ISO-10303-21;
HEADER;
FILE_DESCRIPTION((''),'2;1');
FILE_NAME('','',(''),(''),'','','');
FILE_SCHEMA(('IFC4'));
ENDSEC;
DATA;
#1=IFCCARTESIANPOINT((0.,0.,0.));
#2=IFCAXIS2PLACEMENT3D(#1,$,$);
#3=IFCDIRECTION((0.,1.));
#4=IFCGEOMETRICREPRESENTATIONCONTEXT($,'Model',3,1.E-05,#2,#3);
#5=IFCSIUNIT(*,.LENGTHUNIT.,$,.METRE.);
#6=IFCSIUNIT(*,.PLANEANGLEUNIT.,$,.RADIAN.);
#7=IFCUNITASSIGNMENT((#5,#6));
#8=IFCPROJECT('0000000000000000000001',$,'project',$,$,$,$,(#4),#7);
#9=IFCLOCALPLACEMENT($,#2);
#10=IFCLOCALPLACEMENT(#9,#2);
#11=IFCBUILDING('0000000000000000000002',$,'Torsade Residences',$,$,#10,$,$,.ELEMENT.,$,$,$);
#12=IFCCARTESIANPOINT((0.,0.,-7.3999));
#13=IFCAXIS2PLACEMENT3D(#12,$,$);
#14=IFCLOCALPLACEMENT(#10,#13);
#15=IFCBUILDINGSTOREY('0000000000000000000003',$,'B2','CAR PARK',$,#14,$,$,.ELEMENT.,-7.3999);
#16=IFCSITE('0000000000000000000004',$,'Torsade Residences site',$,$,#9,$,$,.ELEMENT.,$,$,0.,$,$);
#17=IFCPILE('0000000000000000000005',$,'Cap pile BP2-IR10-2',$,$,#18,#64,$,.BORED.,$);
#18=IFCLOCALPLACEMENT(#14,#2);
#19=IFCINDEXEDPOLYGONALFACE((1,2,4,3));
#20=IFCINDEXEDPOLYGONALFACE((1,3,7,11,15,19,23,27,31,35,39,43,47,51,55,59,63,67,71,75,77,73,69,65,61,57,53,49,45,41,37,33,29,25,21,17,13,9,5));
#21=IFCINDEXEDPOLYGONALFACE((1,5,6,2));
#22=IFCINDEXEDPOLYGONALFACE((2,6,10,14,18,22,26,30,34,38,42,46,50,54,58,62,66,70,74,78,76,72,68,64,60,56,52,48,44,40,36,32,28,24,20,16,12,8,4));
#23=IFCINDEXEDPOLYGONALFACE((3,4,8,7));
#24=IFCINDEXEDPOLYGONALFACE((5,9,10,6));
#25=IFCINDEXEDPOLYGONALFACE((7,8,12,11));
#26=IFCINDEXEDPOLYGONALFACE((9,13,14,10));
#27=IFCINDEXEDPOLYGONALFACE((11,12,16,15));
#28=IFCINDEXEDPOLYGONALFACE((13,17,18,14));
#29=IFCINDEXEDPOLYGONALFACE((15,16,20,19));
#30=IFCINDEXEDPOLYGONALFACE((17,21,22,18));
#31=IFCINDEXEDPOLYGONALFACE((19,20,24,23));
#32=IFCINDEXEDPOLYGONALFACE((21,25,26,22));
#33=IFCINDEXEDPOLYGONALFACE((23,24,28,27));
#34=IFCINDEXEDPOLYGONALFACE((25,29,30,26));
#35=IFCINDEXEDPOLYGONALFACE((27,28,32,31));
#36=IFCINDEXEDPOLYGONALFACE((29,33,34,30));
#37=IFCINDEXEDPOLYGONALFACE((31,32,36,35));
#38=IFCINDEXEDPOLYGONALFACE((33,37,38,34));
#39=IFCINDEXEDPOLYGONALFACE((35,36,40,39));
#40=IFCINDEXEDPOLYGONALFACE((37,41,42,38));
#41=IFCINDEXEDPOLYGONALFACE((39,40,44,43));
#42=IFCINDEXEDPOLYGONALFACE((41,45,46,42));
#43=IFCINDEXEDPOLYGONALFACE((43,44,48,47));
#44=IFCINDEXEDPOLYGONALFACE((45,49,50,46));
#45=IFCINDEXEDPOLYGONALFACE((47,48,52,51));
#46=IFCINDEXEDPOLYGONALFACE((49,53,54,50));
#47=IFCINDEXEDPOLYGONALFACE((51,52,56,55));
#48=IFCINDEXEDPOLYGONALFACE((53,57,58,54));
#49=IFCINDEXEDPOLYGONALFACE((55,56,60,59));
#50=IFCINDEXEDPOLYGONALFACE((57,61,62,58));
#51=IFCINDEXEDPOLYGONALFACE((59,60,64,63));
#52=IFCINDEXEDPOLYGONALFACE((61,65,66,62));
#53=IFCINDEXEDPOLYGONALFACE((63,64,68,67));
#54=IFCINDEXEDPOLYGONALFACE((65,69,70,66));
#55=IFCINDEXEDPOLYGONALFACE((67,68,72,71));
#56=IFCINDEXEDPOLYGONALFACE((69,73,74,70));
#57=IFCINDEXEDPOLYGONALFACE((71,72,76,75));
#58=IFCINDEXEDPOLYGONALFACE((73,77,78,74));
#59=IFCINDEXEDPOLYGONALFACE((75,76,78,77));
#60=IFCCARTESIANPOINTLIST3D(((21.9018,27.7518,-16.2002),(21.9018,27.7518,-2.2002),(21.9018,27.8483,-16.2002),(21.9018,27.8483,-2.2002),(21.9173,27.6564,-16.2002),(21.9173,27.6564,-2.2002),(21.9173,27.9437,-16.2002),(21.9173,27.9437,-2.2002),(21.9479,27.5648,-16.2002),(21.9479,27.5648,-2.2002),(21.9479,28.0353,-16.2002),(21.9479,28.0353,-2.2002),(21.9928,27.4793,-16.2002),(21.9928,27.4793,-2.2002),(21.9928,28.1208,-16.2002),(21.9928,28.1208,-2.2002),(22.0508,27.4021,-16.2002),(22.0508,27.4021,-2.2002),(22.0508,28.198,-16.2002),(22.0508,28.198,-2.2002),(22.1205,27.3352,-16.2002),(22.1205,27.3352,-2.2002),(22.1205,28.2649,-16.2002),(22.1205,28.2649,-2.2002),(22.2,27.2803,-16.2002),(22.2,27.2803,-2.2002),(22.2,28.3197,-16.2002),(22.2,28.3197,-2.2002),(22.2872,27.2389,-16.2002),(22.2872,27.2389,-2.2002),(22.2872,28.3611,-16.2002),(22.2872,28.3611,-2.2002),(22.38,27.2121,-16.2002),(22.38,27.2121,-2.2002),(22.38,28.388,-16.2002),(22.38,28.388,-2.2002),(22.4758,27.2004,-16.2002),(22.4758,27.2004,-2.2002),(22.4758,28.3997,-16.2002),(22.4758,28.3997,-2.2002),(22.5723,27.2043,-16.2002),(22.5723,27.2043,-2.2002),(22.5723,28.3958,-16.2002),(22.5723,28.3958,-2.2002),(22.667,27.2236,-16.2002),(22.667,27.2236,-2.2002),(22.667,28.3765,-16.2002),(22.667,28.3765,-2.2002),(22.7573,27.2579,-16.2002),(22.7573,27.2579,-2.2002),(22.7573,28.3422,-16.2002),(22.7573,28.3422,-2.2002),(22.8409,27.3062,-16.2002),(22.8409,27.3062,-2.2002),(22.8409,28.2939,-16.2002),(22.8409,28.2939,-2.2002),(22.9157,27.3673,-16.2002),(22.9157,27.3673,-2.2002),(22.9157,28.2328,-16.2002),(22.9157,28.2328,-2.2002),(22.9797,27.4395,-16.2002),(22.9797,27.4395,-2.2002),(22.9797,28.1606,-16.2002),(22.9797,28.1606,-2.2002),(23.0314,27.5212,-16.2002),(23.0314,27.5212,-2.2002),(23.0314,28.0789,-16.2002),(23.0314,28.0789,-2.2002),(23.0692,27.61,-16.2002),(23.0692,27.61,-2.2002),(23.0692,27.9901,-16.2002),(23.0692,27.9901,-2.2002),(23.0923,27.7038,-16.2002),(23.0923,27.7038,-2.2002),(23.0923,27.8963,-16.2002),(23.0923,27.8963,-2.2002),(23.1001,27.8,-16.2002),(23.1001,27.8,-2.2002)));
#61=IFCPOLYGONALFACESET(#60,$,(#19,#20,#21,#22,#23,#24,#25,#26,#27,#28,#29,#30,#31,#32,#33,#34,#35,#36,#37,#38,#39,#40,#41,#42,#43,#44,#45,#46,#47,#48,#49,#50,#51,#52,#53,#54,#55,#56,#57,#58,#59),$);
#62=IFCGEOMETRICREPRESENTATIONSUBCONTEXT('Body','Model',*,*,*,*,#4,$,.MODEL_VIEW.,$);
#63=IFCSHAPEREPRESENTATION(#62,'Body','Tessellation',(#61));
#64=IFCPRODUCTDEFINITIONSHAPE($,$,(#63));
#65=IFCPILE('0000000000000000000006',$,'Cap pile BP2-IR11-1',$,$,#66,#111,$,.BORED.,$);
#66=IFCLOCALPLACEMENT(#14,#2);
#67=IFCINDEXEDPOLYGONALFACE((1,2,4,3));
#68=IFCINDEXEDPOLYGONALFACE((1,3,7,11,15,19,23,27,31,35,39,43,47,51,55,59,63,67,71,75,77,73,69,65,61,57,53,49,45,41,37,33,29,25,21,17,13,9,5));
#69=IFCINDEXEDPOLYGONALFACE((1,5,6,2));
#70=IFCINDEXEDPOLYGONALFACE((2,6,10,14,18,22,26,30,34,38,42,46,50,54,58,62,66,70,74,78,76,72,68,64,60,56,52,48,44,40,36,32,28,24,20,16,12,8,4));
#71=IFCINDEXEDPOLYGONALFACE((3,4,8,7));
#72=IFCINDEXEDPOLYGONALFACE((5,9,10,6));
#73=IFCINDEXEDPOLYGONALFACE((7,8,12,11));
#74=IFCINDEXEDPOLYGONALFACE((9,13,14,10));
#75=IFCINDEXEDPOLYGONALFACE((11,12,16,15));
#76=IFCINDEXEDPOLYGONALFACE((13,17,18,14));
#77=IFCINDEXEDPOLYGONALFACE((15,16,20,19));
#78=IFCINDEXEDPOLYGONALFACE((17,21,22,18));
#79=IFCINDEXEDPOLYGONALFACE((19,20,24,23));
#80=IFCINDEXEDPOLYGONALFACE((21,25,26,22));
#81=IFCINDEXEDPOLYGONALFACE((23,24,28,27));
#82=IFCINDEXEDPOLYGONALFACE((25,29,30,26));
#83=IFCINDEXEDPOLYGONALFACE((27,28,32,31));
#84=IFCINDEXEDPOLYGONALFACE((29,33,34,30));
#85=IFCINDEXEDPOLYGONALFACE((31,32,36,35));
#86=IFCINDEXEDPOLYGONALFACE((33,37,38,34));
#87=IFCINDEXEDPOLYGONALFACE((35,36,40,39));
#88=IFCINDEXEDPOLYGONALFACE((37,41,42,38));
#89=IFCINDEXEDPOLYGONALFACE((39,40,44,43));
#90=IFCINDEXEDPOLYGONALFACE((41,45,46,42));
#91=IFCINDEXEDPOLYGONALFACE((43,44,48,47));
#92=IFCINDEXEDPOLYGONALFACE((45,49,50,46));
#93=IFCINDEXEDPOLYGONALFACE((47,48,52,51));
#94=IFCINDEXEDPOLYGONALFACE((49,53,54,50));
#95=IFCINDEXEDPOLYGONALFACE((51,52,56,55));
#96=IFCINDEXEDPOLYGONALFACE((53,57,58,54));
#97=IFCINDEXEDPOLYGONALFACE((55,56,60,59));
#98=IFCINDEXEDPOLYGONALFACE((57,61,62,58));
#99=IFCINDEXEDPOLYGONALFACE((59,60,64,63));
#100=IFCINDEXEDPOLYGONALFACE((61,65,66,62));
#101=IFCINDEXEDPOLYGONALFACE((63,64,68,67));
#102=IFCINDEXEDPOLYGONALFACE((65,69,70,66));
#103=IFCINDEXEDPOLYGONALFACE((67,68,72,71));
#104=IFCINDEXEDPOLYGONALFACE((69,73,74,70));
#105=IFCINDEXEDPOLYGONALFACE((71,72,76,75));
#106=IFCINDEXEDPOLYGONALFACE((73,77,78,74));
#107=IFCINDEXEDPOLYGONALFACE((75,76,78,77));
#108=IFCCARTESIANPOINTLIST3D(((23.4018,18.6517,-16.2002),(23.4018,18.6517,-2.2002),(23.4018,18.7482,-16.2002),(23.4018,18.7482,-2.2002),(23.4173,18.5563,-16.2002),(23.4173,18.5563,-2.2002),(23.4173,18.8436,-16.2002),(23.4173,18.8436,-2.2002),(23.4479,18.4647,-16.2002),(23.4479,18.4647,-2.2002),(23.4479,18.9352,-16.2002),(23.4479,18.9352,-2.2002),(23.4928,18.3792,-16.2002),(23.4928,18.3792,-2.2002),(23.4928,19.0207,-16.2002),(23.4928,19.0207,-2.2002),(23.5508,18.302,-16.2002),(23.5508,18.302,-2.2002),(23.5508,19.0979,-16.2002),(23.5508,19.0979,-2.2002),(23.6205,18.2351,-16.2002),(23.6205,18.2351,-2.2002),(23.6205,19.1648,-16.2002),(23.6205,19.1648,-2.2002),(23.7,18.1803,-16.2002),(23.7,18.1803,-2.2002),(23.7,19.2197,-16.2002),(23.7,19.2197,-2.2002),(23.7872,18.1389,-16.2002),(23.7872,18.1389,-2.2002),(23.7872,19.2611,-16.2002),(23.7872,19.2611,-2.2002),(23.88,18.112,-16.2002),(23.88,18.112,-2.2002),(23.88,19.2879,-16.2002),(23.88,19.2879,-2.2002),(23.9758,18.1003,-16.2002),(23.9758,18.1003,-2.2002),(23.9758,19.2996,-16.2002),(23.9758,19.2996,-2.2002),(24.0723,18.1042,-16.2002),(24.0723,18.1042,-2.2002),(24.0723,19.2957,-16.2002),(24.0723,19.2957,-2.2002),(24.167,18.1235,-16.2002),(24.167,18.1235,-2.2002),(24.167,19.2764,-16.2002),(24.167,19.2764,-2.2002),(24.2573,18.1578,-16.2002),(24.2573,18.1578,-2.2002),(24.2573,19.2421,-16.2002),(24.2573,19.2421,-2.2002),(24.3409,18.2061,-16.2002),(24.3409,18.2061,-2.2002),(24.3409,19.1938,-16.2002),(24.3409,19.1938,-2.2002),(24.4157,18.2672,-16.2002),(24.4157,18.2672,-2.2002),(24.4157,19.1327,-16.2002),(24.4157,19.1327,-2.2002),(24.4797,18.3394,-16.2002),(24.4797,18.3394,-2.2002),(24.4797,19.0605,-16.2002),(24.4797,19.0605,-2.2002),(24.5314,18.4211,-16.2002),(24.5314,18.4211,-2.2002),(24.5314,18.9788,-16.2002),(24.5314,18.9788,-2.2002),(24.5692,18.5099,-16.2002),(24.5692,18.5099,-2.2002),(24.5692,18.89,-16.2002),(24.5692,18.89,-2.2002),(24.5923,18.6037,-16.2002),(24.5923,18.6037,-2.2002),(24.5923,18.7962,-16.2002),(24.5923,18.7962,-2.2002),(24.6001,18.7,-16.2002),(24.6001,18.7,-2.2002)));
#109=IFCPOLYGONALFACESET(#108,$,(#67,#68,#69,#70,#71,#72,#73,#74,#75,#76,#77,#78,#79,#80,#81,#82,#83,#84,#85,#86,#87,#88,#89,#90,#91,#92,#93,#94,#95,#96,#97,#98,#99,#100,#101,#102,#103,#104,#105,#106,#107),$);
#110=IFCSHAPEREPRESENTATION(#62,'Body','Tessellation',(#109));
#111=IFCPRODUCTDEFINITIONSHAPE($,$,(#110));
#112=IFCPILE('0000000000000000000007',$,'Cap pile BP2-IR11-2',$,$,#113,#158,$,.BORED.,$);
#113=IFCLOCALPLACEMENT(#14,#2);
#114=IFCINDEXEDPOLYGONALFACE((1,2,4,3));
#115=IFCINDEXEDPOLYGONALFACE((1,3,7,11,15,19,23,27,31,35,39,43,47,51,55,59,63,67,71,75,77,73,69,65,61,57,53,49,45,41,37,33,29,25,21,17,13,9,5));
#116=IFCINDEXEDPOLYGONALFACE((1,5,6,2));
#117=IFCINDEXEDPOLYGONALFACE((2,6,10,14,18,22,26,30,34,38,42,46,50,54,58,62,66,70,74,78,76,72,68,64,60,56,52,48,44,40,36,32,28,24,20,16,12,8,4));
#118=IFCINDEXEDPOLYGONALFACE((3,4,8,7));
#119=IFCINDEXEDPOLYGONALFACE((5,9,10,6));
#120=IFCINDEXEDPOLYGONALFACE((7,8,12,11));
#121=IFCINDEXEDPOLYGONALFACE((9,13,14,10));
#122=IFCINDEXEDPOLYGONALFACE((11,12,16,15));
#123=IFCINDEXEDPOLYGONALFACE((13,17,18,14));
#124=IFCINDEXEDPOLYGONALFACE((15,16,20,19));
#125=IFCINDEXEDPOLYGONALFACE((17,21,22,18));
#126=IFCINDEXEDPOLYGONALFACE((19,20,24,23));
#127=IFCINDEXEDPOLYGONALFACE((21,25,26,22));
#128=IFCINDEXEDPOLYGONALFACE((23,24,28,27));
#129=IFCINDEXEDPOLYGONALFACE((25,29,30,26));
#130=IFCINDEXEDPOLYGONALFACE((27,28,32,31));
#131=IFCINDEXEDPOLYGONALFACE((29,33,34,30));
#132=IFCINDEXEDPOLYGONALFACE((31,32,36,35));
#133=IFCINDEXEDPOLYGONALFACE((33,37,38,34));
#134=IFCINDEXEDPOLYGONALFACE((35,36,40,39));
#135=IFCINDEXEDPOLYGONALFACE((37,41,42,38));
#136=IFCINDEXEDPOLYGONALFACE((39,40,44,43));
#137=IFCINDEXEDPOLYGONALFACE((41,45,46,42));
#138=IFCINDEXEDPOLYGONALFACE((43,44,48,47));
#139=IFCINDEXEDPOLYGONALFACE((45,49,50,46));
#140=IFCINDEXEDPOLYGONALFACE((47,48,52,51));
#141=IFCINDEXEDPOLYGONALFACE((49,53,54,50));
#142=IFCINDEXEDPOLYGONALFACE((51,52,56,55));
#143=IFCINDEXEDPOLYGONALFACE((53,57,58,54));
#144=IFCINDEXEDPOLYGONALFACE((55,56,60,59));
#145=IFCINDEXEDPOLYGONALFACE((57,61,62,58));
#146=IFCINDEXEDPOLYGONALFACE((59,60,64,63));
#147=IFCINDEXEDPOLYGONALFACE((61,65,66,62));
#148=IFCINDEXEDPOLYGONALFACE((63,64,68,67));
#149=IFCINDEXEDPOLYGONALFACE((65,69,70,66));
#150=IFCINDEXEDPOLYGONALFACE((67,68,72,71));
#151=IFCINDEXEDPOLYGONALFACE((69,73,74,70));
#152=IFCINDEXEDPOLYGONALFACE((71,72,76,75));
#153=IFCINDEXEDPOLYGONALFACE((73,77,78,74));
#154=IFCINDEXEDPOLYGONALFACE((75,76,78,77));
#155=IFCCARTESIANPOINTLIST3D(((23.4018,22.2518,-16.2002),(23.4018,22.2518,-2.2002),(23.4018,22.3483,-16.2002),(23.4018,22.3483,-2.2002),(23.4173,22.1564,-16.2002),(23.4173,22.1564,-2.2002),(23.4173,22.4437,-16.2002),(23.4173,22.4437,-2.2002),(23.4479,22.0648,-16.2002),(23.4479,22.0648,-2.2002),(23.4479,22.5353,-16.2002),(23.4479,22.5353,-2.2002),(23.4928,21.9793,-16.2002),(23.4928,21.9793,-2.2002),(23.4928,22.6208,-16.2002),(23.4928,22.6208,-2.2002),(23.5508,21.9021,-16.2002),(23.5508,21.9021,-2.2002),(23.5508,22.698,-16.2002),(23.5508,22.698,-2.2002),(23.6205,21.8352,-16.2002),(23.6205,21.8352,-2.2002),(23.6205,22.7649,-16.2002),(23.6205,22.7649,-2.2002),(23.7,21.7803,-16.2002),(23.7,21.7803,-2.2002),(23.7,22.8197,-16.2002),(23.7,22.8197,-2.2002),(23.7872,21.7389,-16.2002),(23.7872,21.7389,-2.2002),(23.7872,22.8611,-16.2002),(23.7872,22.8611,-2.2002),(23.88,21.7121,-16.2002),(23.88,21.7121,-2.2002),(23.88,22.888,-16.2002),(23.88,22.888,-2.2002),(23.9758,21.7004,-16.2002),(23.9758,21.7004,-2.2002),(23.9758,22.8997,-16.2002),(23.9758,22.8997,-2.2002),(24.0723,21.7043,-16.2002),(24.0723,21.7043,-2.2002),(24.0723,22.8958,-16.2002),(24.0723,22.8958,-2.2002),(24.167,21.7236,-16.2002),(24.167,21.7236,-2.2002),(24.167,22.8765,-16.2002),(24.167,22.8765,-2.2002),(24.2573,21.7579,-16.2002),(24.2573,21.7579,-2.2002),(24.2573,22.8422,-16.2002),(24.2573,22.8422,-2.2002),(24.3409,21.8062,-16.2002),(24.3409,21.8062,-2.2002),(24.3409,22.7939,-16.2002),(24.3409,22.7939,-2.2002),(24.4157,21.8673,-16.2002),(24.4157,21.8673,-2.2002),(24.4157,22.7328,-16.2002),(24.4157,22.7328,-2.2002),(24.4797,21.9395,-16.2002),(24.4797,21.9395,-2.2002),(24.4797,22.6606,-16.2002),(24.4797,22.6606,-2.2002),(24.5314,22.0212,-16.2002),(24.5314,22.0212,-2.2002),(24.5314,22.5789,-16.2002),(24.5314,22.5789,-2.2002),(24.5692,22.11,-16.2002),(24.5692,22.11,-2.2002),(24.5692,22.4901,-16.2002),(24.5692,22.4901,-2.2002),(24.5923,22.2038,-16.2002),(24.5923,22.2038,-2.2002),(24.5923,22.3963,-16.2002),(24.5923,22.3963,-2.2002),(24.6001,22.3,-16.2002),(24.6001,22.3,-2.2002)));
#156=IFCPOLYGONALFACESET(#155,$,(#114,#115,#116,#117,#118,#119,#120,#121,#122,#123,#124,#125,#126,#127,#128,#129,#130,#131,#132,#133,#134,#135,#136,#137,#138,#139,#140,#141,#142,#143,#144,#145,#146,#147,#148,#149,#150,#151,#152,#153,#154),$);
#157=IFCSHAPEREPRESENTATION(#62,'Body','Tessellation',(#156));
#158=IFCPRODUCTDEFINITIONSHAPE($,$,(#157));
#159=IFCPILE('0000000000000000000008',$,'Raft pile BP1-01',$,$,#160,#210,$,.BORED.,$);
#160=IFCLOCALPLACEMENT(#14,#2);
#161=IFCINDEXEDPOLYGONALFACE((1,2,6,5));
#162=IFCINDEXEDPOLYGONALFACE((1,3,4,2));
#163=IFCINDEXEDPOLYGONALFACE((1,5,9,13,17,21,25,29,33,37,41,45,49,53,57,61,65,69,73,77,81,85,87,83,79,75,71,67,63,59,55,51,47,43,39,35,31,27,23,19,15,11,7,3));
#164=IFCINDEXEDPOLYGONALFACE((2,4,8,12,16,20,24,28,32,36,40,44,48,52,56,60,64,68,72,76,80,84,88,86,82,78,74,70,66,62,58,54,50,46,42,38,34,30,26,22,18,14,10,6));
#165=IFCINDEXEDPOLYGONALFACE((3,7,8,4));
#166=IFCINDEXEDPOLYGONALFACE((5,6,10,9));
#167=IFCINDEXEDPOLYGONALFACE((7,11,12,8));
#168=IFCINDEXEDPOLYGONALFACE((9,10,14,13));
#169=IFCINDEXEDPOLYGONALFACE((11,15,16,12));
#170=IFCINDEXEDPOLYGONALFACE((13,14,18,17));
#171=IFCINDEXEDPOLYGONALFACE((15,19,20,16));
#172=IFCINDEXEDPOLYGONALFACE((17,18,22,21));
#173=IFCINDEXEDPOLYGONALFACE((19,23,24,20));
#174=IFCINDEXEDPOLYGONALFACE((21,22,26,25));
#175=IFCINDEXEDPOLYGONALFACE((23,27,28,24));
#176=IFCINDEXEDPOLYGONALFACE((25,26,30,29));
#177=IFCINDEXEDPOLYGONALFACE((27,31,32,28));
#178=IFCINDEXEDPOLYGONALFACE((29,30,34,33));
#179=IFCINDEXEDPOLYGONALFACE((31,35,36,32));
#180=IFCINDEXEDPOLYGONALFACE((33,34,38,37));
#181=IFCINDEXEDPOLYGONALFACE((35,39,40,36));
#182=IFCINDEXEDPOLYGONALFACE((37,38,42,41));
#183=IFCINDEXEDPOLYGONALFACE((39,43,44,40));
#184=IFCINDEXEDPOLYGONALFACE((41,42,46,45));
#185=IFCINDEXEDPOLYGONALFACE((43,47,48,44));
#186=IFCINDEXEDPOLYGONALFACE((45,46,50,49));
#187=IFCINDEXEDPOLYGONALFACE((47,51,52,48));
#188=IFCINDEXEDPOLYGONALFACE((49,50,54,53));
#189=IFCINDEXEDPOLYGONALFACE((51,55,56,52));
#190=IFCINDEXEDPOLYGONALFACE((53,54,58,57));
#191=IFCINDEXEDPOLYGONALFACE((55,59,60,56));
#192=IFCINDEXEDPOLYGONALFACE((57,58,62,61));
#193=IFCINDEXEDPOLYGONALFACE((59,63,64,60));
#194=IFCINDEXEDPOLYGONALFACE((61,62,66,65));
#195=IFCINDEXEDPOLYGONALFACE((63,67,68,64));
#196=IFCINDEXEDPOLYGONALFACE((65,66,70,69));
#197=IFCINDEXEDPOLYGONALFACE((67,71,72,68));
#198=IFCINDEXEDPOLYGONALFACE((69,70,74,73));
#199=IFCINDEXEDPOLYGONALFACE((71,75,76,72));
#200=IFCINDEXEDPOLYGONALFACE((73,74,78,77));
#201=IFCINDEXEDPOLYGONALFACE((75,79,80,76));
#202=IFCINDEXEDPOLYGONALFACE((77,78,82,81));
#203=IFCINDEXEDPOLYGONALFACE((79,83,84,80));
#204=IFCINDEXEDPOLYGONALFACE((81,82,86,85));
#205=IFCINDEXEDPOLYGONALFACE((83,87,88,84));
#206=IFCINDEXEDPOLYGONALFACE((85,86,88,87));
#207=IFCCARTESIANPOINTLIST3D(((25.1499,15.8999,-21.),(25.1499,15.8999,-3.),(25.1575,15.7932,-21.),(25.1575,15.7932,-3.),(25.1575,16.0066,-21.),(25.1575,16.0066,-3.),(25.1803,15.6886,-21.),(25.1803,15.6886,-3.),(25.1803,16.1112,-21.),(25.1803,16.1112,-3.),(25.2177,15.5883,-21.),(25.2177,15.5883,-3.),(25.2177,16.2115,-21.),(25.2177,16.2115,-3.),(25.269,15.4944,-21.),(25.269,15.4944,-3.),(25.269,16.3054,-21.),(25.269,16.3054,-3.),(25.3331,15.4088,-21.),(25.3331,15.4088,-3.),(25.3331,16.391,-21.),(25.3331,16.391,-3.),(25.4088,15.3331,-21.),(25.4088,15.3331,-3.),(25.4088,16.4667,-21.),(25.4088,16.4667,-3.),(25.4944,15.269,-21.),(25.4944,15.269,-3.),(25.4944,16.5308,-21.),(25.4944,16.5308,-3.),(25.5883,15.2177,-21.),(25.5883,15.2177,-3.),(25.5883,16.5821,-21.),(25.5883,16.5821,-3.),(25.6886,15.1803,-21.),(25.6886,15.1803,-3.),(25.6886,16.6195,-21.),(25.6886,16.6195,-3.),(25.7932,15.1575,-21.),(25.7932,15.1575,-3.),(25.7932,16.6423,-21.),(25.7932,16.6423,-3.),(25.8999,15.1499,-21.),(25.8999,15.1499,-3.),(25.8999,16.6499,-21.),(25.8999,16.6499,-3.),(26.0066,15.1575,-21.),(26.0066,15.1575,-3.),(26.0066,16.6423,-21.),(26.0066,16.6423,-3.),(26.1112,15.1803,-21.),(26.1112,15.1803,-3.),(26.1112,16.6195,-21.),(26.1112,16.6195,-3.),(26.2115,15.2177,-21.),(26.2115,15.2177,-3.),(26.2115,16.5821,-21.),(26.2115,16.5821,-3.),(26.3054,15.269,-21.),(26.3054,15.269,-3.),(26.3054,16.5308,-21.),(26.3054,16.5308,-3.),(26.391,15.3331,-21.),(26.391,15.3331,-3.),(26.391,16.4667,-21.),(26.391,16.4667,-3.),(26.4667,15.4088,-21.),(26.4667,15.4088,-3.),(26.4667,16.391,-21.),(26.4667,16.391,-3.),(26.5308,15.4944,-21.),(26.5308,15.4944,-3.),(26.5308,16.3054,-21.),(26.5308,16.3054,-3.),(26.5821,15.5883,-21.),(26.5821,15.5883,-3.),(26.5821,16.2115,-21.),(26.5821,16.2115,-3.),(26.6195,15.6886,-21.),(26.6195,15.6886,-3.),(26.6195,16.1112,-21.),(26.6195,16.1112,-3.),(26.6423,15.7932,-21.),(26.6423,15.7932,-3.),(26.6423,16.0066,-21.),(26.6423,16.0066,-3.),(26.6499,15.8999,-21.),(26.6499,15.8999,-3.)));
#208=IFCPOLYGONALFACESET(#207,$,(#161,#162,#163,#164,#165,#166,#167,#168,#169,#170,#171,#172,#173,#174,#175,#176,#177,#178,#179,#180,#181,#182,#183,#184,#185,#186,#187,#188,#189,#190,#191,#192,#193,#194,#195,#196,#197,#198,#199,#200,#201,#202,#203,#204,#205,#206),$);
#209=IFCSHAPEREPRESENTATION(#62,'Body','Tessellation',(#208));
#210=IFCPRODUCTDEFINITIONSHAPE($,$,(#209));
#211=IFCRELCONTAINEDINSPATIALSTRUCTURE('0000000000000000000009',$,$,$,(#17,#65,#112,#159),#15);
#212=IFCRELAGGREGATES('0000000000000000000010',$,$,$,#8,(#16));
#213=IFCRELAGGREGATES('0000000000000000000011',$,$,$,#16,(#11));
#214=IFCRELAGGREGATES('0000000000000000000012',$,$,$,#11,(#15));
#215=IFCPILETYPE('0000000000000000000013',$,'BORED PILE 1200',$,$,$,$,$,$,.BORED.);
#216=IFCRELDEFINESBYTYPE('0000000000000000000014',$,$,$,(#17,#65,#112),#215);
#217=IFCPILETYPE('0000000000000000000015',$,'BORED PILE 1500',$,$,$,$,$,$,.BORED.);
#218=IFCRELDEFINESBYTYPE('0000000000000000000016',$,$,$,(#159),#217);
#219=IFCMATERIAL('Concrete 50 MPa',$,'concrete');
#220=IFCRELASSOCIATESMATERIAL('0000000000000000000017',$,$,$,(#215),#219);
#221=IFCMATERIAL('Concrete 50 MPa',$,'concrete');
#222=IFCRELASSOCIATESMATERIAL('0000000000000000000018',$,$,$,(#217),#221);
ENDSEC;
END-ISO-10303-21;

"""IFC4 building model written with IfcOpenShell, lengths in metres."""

from ifc_helpers import new_model, si_unit, direction, frame, origin, origin_2d, place, context, subcontext, project, spatial, circle, extrude, material, type_object, element, save


model = new_model("IFC4")

# Units and contexts
model_context = context("Model", 3, precision=1e-05, world=origin(), true_north=direction((0.0, 1.0)))
body_context = subcontext(model_context, "Body", "Model", "MODEL_VIEW")
ifc_project = project(units=[si_unit("LENGTHUNIT", "METRE"), si_unit("PLANEANGLEUNIT", "RADIAN")], contexts=[model_context])

# Site, building, storey
site_placement = place(None, origin())
site = spatial("IfcSite", under=ifc_project, at=site_placement, Name="Torsade Residences site", CompositionType="ELEMENT", RefElevation=0.0)
building_placement = place(site_placement, origin())
building = spatial("IfcBuilding", under=site, at=building_placement, Name="Torsade Residences", CompositionType="ELEMENT")
storey_placement = place(building_placement, frame((0.0, 0.0, -7.3999)))
storey = spatial("IfcBuildingStorey", under=building, at=storey_placement, Name="B2", Description="CAR PARK", CompositionType="ELEMENT", Elevation=-7.3999)

# Piles
ifc_material_1 = material(Name="Concrete 50 MPa", Category="concrete")
pile_type_1 = type_object("IfcPileType", Name="BORED PILE 1200", PredefinedType="BORED", material=ifc_material_1)
for number, where, z_axis, x_axis, name in (
    (1, (22.5, 27.8, -2.2002), (0.0, 0.0, -1.0), (1.0, 0.0, 0.0), "Cap pile BP2-IR10-2"),
    (2, (24.0, 18.7, -2.2002), (0.0, 0.0, -1.0), (1.0, 0.0, 0.0), "Cap pile BP2-IR11-1"),
    (3, (24.0, 22.3, -2.2002), (0.0, 0.0, -1.0), (1.0, 0.0, 0.0), "Cap pile BP2-IR11-2"),
):
    element("IfcPile", number, at=place(storey_placement, frame(where, z_axis=z_axis, x_axis=x_axis)), inside=storey, type_object=pile_type_1, Name=name, PredefinedType="BORED", context=body_context, shape_type="SweptSolid", body=[
        extrude(circle(Radius=0.6001, at=origin_2d()), origin(), (0.0, 0.0, 1.0), 14.0),
    ])
ifc_material_2 = material(Name="Concrete 50 MPa", Category="concrete")
pile_type_2 = type_object("IfcPileType", Name="BORED PILE 1500", PredefinedType="BORED", material=ifc_material_2)
for number, where, z_axis, x_axis, name in (
    (4, (25.8999, 15.8999, -3.0), (0.0, 0.0, -1.0), (1.0, 0.0, 0.0), "Raft pile BP1-01"),
):
    element("IfcPile", number, at=place(storey_placement, frame(where, z_axis=z_axis, x_axis=x_axis)), inside=storey, type_object=pile_type_2, Name=name, PredefinedType="BORED", context=body_context, shape_type="SweptSolid", body=[
        extrude(circle(Radius=0.75, at=origin_2d()), origin(), (0.0, 0.0, 1.0), 18.0),
    ])

save(model, "model.ifc")
